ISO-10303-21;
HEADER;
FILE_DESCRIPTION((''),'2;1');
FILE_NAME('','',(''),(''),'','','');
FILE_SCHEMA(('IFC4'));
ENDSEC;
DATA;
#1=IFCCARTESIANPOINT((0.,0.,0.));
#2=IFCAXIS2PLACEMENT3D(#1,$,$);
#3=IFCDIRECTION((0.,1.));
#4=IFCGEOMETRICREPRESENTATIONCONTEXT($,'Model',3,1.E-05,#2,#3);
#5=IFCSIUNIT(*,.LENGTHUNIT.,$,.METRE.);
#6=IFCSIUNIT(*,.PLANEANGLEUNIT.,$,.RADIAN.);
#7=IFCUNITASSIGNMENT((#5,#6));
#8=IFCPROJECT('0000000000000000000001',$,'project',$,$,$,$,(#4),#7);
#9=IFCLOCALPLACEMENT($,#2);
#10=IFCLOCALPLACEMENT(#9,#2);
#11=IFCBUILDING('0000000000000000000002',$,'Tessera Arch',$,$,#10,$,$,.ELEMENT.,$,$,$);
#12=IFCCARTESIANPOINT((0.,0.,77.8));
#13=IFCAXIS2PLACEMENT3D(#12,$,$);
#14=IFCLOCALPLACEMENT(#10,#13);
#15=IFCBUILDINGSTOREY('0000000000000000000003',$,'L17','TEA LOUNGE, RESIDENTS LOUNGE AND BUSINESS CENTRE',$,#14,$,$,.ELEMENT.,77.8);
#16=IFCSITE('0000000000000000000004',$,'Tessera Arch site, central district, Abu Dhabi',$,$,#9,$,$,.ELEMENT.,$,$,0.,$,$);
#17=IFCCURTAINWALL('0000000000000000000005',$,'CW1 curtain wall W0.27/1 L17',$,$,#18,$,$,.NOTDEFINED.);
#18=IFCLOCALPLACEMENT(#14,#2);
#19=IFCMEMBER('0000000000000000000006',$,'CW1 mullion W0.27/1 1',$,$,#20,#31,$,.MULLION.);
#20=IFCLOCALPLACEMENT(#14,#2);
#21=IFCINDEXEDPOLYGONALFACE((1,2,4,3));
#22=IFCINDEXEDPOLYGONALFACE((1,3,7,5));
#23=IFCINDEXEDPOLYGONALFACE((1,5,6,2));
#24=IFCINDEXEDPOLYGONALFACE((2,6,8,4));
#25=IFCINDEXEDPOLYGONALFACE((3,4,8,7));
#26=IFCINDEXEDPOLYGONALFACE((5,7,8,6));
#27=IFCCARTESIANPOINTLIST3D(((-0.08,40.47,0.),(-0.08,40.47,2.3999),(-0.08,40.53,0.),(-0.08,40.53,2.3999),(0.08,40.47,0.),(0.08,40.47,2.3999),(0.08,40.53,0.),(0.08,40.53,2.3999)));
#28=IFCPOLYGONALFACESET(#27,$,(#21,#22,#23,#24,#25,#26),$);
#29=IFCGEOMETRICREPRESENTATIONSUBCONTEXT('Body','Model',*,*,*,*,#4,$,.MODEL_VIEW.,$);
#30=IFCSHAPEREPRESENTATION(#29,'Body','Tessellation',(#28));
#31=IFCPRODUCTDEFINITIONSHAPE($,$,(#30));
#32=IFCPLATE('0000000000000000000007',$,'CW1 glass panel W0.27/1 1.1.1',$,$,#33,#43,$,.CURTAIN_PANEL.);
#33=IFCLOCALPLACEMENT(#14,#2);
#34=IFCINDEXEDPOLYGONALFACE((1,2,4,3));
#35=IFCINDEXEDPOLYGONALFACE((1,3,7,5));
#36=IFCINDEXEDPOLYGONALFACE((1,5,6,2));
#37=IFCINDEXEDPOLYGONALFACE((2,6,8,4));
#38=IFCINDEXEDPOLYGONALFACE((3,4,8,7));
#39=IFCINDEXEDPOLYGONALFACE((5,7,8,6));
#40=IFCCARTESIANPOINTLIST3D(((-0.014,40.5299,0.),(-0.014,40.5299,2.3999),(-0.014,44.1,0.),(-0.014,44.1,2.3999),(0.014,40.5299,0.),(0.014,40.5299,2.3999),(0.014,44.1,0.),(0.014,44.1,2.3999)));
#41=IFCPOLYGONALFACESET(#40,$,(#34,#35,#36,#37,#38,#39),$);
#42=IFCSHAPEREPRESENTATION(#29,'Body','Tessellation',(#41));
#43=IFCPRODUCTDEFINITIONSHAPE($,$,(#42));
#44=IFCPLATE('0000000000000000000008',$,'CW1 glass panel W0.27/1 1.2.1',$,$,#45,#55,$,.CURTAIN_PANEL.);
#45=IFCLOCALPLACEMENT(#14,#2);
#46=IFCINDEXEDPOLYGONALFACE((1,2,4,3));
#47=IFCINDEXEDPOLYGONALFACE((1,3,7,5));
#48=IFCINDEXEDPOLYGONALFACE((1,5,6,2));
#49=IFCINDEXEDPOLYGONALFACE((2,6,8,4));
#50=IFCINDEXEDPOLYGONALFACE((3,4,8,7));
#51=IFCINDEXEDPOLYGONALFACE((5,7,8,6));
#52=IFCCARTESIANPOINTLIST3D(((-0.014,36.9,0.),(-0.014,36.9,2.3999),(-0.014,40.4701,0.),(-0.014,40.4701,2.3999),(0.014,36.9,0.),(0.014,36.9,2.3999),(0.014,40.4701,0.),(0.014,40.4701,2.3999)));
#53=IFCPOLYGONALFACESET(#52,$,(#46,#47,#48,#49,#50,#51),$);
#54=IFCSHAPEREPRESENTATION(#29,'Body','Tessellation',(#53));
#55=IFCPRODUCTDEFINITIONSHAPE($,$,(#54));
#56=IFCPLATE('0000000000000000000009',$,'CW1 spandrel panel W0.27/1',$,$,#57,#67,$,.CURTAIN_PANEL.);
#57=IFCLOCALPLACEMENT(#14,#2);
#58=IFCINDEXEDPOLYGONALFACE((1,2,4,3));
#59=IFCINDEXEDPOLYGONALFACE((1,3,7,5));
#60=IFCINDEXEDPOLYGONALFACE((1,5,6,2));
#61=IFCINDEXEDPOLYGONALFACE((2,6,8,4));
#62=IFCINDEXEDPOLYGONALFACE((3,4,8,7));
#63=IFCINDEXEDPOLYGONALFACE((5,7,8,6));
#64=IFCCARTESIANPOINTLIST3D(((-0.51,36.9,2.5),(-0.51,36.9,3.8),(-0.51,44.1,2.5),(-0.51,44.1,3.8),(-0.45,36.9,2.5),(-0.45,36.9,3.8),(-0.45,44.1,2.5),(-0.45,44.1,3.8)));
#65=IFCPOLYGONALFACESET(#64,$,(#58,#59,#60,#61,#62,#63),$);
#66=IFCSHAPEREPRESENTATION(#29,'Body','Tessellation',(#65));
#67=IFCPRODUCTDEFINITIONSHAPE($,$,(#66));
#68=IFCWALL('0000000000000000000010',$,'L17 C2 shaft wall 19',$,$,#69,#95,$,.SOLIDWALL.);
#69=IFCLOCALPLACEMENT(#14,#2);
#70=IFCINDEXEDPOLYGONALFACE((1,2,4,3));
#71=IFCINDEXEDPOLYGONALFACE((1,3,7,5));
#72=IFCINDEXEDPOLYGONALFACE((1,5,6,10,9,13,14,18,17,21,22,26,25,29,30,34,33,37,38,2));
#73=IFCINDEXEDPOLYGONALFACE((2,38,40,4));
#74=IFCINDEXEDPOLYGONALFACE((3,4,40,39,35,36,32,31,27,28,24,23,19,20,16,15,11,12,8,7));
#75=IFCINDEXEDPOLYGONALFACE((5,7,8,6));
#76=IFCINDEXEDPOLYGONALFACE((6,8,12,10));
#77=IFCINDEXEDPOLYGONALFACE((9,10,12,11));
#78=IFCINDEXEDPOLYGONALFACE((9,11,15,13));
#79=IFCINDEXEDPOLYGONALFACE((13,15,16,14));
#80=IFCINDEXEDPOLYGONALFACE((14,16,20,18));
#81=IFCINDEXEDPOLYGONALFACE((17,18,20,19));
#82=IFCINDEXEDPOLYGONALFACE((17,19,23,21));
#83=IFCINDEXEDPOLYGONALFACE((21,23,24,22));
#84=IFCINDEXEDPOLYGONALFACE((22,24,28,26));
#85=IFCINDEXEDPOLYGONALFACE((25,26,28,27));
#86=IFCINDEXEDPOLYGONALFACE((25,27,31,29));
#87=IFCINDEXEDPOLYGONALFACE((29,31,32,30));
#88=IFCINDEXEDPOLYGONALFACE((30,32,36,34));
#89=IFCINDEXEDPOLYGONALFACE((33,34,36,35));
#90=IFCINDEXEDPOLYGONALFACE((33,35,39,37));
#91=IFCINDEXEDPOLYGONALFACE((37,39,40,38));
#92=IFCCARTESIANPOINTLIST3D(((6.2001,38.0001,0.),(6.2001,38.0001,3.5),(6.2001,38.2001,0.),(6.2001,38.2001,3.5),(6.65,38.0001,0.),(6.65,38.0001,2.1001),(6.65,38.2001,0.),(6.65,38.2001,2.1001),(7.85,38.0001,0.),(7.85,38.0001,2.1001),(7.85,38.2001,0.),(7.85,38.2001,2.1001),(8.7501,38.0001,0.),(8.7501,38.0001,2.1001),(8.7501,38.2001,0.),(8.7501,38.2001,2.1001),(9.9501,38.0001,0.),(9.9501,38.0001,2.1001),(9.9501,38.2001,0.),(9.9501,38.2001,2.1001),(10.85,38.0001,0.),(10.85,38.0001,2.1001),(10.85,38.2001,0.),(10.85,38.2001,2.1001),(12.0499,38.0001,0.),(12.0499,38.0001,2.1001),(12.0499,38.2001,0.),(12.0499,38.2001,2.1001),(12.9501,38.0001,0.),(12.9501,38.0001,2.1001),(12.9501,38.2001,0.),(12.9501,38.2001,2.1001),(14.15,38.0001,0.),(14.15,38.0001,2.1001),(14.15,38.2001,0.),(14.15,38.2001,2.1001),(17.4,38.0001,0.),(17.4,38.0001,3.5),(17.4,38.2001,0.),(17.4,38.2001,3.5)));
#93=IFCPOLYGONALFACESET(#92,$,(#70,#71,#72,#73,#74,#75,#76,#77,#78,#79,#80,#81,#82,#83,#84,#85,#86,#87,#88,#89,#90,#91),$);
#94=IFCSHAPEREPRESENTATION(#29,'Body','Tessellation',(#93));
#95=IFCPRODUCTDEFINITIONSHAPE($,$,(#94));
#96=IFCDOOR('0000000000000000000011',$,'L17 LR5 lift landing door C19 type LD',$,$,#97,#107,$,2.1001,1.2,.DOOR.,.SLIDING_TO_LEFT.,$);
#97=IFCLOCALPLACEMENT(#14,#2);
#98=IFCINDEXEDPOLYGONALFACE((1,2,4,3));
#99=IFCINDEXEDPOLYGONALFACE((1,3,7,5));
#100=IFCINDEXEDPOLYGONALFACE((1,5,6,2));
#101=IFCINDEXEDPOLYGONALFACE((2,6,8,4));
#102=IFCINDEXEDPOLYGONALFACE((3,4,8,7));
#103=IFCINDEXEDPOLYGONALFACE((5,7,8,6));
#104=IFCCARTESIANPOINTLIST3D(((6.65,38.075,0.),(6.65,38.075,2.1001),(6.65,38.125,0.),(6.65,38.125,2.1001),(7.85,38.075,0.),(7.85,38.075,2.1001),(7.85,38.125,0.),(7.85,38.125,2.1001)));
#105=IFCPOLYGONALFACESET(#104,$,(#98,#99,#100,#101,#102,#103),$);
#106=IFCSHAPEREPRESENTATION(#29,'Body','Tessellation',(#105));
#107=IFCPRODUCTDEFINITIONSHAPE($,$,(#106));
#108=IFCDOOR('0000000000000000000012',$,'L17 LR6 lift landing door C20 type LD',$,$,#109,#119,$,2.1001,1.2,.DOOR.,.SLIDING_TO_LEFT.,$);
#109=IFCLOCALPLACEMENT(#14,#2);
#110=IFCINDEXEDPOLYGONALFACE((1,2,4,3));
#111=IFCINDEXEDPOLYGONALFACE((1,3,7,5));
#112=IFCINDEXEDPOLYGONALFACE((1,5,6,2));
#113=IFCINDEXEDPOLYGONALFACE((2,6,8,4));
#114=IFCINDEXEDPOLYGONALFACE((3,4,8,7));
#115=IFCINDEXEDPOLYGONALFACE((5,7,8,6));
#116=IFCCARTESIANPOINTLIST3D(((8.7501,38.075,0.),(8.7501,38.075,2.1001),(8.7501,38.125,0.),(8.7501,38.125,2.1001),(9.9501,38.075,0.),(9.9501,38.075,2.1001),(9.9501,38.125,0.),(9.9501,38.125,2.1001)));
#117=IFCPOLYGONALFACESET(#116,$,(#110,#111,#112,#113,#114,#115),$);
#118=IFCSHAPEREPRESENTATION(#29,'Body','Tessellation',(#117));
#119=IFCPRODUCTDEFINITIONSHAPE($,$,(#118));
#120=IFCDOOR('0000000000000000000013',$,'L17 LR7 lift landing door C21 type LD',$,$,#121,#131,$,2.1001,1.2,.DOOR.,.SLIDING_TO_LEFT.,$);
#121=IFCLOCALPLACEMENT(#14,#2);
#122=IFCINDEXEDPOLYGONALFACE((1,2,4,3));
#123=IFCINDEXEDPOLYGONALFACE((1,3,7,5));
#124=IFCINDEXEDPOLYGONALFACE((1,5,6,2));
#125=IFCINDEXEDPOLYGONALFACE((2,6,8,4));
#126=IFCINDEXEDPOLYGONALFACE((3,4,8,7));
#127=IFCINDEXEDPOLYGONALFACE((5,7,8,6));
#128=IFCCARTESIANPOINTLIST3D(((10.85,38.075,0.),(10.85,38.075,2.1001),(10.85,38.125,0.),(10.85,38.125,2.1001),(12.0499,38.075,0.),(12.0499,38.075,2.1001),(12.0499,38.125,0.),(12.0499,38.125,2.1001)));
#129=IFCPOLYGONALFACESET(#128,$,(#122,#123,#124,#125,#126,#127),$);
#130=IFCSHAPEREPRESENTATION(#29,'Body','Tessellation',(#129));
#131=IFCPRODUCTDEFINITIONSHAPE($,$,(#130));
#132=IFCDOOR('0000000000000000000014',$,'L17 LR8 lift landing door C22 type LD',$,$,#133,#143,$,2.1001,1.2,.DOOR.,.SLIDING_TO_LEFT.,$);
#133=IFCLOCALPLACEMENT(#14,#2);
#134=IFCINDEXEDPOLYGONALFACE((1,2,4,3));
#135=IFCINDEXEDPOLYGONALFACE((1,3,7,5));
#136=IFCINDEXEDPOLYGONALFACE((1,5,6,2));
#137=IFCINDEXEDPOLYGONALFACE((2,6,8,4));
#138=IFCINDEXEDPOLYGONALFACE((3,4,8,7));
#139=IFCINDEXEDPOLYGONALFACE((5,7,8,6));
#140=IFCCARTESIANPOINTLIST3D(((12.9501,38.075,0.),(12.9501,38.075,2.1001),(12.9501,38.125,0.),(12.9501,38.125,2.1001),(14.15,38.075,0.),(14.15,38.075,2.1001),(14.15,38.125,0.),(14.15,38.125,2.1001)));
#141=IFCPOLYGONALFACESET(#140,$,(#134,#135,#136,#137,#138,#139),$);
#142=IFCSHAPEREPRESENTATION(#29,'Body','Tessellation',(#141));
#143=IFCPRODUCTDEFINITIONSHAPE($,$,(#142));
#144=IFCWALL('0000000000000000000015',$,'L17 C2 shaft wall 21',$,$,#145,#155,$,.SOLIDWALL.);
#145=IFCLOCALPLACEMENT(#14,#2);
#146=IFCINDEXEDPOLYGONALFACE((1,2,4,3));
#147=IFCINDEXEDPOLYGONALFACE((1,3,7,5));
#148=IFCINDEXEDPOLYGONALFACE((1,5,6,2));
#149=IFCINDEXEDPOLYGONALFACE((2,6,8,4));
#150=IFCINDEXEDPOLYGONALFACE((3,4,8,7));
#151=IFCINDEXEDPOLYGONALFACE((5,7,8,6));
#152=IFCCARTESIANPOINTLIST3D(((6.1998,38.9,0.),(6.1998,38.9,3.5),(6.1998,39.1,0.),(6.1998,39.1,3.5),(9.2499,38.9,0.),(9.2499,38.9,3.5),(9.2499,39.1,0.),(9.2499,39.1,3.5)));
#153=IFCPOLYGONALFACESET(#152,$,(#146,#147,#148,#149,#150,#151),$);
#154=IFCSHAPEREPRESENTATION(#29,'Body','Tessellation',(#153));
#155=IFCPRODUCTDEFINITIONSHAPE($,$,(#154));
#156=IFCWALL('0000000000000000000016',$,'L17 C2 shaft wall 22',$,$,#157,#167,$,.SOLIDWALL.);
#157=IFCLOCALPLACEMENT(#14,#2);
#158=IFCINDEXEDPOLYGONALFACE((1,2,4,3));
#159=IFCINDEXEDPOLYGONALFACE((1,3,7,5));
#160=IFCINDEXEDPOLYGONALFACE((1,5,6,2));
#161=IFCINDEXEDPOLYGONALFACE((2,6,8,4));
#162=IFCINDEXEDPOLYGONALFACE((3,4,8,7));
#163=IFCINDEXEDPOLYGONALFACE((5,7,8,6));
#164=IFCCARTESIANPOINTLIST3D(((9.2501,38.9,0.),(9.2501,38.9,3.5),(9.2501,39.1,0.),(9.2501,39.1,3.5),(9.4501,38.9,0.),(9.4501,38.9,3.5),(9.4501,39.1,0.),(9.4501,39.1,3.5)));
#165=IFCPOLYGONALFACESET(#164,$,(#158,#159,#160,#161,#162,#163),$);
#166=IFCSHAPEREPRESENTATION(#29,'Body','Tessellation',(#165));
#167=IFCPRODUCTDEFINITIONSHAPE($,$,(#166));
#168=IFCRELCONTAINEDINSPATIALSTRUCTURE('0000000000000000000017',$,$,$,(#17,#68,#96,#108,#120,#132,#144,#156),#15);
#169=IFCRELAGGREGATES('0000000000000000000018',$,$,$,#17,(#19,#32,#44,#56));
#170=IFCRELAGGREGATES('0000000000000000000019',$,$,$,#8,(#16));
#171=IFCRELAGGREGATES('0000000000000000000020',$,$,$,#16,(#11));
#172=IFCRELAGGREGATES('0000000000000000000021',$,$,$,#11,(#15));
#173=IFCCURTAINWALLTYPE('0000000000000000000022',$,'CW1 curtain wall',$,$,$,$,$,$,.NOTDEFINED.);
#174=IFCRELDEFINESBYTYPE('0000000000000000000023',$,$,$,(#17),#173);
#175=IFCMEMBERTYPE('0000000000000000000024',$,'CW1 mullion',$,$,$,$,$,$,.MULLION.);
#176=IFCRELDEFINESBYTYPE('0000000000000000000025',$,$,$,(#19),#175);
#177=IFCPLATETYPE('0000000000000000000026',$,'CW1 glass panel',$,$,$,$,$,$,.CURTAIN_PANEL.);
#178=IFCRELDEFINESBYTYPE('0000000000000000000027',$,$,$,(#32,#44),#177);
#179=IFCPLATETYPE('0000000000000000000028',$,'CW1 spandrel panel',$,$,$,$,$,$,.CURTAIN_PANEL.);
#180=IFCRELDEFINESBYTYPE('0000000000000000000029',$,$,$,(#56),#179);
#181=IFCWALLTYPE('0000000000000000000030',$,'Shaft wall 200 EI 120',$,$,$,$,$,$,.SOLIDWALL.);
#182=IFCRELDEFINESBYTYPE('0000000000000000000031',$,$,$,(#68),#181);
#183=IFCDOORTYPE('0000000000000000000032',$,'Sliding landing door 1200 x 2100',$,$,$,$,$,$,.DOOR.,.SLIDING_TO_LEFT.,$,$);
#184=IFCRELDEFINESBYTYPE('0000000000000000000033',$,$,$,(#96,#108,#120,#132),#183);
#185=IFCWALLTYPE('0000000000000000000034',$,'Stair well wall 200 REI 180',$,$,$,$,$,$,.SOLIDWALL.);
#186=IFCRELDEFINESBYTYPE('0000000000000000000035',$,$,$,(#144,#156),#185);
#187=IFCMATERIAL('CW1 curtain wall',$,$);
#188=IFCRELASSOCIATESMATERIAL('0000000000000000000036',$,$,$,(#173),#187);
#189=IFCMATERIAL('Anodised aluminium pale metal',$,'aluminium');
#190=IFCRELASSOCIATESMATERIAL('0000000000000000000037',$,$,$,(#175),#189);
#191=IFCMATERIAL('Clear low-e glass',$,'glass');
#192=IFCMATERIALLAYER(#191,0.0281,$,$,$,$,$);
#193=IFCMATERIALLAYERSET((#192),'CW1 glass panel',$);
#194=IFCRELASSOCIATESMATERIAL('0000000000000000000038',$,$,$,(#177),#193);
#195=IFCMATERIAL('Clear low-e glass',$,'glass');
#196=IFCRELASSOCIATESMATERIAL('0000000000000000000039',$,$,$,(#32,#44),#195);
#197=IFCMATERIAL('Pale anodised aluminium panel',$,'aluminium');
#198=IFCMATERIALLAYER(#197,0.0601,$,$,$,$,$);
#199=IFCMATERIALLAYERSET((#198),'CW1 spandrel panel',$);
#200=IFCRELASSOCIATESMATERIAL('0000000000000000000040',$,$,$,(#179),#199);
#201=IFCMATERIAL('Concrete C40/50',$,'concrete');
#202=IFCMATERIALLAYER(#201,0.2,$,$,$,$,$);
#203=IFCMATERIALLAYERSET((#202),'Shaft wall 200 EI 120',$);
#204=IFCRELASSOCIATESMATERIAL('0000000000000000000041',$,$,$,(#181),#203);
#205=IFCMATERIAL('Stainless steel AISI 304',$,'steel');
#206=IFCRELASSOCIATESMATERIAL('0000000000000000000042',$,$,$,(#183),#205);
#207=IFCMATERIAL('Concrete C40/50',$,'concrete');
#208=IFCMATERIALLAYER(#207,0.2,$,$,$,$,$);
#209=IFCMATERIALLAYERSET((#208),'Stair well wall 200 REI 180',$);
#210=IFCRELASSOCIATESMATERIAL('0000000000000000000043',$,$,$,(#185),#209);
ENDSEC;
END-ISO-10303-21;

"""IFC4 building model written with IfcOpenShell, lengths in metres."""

from ifc_helpers import new_model, si_unit, direction, frame, frame_2d, origin, origin_2d, place, context, subcontext, project, spatial, rectangle, extrude, material, layer, layer_set, material_profile, profile_set, type_object, element, fill, aggregate, save


model = new_model("IFC4")

# Units and contexts
model_context = context("Model", 3, precision=1e-05, world=origin(), true_north=direction((0.0, 1.0)))
body_context = subcontext(model_context, "Body", "Model", "MODEL_VIEW")
ifc_project = project(units=[si_unit("LENGTHUNIT", "METRE"), si_unit("PLANEANGLEUNIT", "RADIAN")], contexts=[model_context])

# Site, building, storey
site_placement = place(None, origin())
site = spatial("IfcSite", under=ifc_project, at=site_placement, Name="Tessera Arch site, central district, Abu Dhabi", CompositionType="ELEMENT", RefElevation=0.0)
building_placement = place(site_placement, origin())
building = spatial("IfcBuilding", under=site, at=building_placement, Name="Tessera Arch", CompositionType="ELEMENT")
storey_placement = place(building_placement, frame((0.0, 0.0, 77.8)))
storey = spatial("IfcBuildingStorey", under=building, at=storey_placement, Name="L17", Description="TEA LOUNGE, RESIDENTS LOUNGE AND BUSINESS CENTRE", CompositionType="ELEMENT", Elevation=77.8)

# Curtain wall, member, plates
ifc_material_1 = material(Name="CW1 curtain wall")
curtain_wall_type = type_object("IfcCurtainWallType", Name="CW1 curtain wall", PredefinedType="NOTDEFINED", material=ifc_material_1)
curtain_wall_placement = place(storey_placement, origin())
curtain_wall = element("IfcCurtainWall", 1, at=curtain_wall_placement, inside=storey, type_object=curtain_wall_type, Name="CW1 curtain wall W0.27/1 L17", PredefinedType="NOTDEFINED")
ifc_material_2 = material(Name="Anodised aluminium pale metal", Category="aluminium")
ifc_material_profile = material_profile(ifc_material_2, rectangle(XDim=0.1599, YDim=0.0601, at=origin_2d()), Name="AL 60x160")
ifc_profile_set = profile_set([ifc_material_profile], Name="Anodised aluminium pale metal")
member_type = type_object("IfcMemberType", Name="CW1 mullion", PredefinedType="MULLION", material=ifc_profile_set)
member_placement = place(storey_placement, frame((0.0, 40.5, 0.0), z_axis=(0.0, 0.0, 1.0), x_axis=(1.0, 0.0, 0.0)))
member = element("IfcMember", 2, at=member_placement, type_object=member_type, Name="CW1 mullion W0.27/1 1", PredefinedType="MULLION", context=body_context, shape_type="SweptSolid", body=[
    extrude(rectangle(XDim=0.1599, YDim=0.0601, at=origin_2d()), origin(), (0.0, 0.0, 1.0), 2.3999),
])
ifc_material_3 = material(Name="Clear low-e glass", Category="glass")
ifc_material_4 = material(Name="Clear low-e glass", Category="glass")
ifc_layer_1 = layer(ifc_material_4, 0.0281)
ifc_layer_set_1 = layer_set([ifc_layer_1], Name="CW1 glass panel")
plate_type_1 = type_object("IfcPlateType", Name="CW1 glass panel", PredefinedType="CURTAIN_PANEL", material=ifc_layer_set_1)
plate_1_placement = place(storey_placement, frame((0.0, 42.3149, 0.0), z_axis=(0.0, 0.0, 1.0), x_axis=(0.0, -1.0, 0.0)))
plate_1 = element("IfcPlate", 3, at=plate_1_placement, type_object=plate_type_1, material=ifc_material_3, Name="CW1 glass panel W0.27/1 1.1.1", PredefinedType="CURTAIN_PANEL", context=body_context, shape_type="SweptSolid", body=[
    extrude(rectangle(XDim=3.5701, YDim=0.0281, at=origin_2d()), origin(), (0.0, 0.0, 1.0), 2.3999),
])
plate_2_placement = place(storey_placement, frame((0.0, 38.6851, 0.0), z_axis=(0.0, 0.0, 1.0), x_axis=(0.0, -1.0, 0.0)))
plate_2 = element("IfcPlate", 4, at=plate_2_placement, type_object=plate_type_1, material=ifc_material_3, Name="CW1 glass panel W0.27/1 1.2.1", PredefinedType="CURTAIN_PANEL", context=body_context, shape_type="SweptSolid", body=[
    extrude(rectangle(XDim=3.5701, YDim=0.0281, at=origin_2d()), origin(), (0.0, 0.0, 1.0), 2.3999),
])
ifc_material_5 = material(Name="Pale anodised aluminium panel", Category="aluminium")
ifc_layer_2 = layer(ifc_material_5, 0.0601)
ifc_layer_set_2 = layer_set([ifc_layer_2], Name="CW1 spandrel panel")
plate_type_2 = type_object("IfcPlateType", Name="CW1 spandrel panel", PredefinedType="CURTAIN_PANEL", material=ifc_layer_set_2)
plate_3_placement = place(storey_placement, frame((-0.48, 40.5, 2.5), z_axis=(0.0, 0.0, 1.0), x_axis=(0.0, -1.0, 0.0)))
plate_3 = element("IfcPlate", 5, at=plate_3_placement, type_object=plate_type_2, Name="CW1 spandrel panel W0.27/1", PredefinedType="CURTAIN_PANEL", context=body_context, shape_type="SweptSolid", body=[
    extrude(rectangle(XDim=7.2, YDim=0.0601, at=origin_2d()), origin(), (0.0, 0.0, 1.0), 1.3),
])
aggregate(curtain_wall, [member, plate_1, plate_2, plate_3])

# Wall, openings, doors
ifc_material_6 = material(Name="Concrete C40/50", Category="concrete")
ifc_layer_3 = layer(ifc_material_6, 0.2)
ifc_layer_set_3 = layer_set([ifc_layer_3], Name="Shaft wall 200 EI 120")
wall_type_1 = type_object("IfcWallType", Name="Shaft wall 200 EI 120", PredefinedType="SOLIDWALL", material=ifc_layer_set_3)
wall_1_placement = place(storey_placement, frame((6.2, 38.1001, 0.0), z_axis=(0.0, 0.0, 1.0), x_axis=(1.0, 0.0, 0.0)))
wall_1 = element("IfcWall", 6, at=wall_1_placement, inside=storey, type_object=wall_type_1, Name="L17 C2 shaft wall 19", PredefinedType="SOLIDWALL", context=body_context, shape_type="SweptSolid", body=[
    extrude(rectangle(XDim=11.2, YDim=0.2, at=frame_2d((5.6001, 0.0))), origin(), (0.0, 0.0, 1.0), 3.5),
])
opening_1_placement = place(wall_1_placement, frame((0.45, 0.0, 0.0)))
opening_1 = element("IfcOpeningElement", 7, at=opening_1_placement, cuts=wall_1, PredefinedType="OPENING", context=body_context, shape_type="SweptSolid", body=[
    extrude(rectangle(XDim=1.2, YDim=2.1001, at=frame_2d((0.6001, 1.05))), frame((0.0, 0.1099, 0.0), z_axis=(0.0, -1.0, 0.0), x_axis=(1.0, 0.0, 0.0)), (0.0, 0.0, 1.0), 0.22),
])
opening_2_placement = place(wall_1_placement, frame((2.55, 0.0, 0.0)))
opening_2 = element("IfcOpeningElement", 8, at=opening_2_placement, cuts=wall_1, PredefinedType="OPENING", context=body_context, shape_type="SweptSolid", body=[
    extrude(rectangle(XDim=1.2, YDim=2.1001, at=frame_2d((0.6001, 1.05))), frame((0.0, 0.1099, 0.0), z_axis=(0.0, -1.0, 0.0), x_axis=(1.0, 0.0, 0.0)), (0.0, 0.0, 1.0), 0.22),
])
opening_3_placement = place(wall_1_placement, frame((4.6499, 0.0, 0.0)))
opening_3 = element("IfcOpeningElement", 9, at=opening_3_placement, cuts=wall_1, PredefinedType="OPENING", context=body_context, shape_type="SweptSolid", body=[
    extrude(rectangle(XDim=1.2, YDim=2.1001, at=frame_2d((0.6001, 1.05))), frame((0.0, 0.1099, 0.0), z_axis=(0.0, -1.0, 0.0), x_axis=(1.0, 0.0, 0.0)), (0.0, 0.0, 1.0), 0.22),
])
opening_4_placement = place(wall_1_placement, frame((6.75, 0.0, 0.0)))
opening_4 = element("IfcOpeningElement", 10, at=opening_4_placement, cuts=wall_1, PredefinedType="OPENING", context=body_context, shape_type="SweptSolid", body=[
    extrude(rectangle(XDim=1.2, YDim=2.1001, at=frame_2d((0.6001, 1.05))), frame((0.0, 0.1099, 0.0), z_axis=(0.0, -1.0, 0.0), x_axis=(1.0, 0.0, 0.0)), (0.0, 0.0, 1.0), 0.22),
])
ifc_material_7 = material(Name="Stainless steel AISI 304", Category="steel")
door_type = type_object("IfcDoorType", Name="Sliding landing door 1200 x 2100", OperationType="SLIDING_TO_LEFT", PredefinedType="DOOR", material=ifc_material_7)
door_1_placement = place(opening_1_placement, origin())
door_1 = element("IfcDoor", 11, at=door_1_placement, inside=storey, type_object=door_type, Name="L17 LR5 lift landing door C19 type LD", OperationType="SLIDING_TO_LEFT", OverallHeight=2.1001, OverallWidth=1.2, PredefinedType="DOOR", context=body_context, shape_type="SweptSolid", body=[
    extrude(rectangle(XDim=1.2, YDim=2.1001, at=frame_2d((0.6001, 1.05))), frame((0.0, 0.0249, 0.0), z_axis=(0.0, -1.0, 0.0), x_axis=(1.0, 0.0, 0.0)), (0.0, 0.0, 1.0), 0.05),
])
fill(opening_1, door_1)
door_2_placement = place(opening_2_placement, origin())
door_2 = element("IfcDoor", 12, at=door_2_placement, inside=storey, type_object=door_type, Name="L17 LR6 lift landing door C20 type LD", OperationType="SLIDING_TO_LEFT", OverallHeight=2.1001, OverallWidth=1.2, PredefinedType="DOOR", context=body_context, shape_type="SweptSolid", body=[
    extrude(rectangle(XDim=1.2, YDim=2.1001, at=frame_2d((0.6001, 1.05))), frame((0.0, 0.0249, 0.0), z_axis=(0.0, -1.0, 0.0), x_axis=(1.0, 0.0, 0.0)), (0.0, 0.0, 1.0), 0.05),
])
fill(opening_2, door_2)
door_3_placement = place(opening_3_placement, origin())
door_3 = element("IfcDoor", 13, at=door_3_placement, inside=storey, type_object=door_type, Name="L17 LR7 lift landing door C21 type LD", OperationType="SLIDING_TO_LEFT", OverallHeight=2.1001, OverallWidth=1.2, PredefinedType="DOOR", context=body_context, shape_type="SweptSolid", body=[
    extrude(rectangle(XDim=1.2, YDim=2.1001, at=frame_2d((0.6001, 1.05))), frame((0.0, 0.0249, 0.0), z_axis=(0.0, -1.0, 0.0), x_axis=(1.0, 0.0, 0.0)), (0.0, 0.0, 1.0), 0.05),
])
fill(opening_3, door_3)
door_4_placement = place(opening_4_placement, origin())
door_4 = element("IfcDoor", 14, at=door_4_placement, inside=storey, type_object=door_type, Name="L17 LR8 lift landing door C22 type LD", OperationType="SLIDING_TO_LEFT", OverallHeight=2.1001, OverallWidth=1.2, PredefinedType="DOOR", context=body_context, shape_type="SweptSolid", body=[
    extrude(rectangle(XDim=1.2, YDim=2.1001, at=frame_2d((0.6001, 1.05))), frame((0.0, 0.0249, 0.0), z_axis=(0.0, -1.0, 0.0), x_axis=(1.0, 0.0, 0.0)), (0.0, 0.0, 1.0), 0.05),
])
fill(opening_4, door_4)

# Walls
ifc_material_8 = material(Name="Concrete C40/50", Category="concrete")
ifc_layer_4 = layer(ifc_material_8, 0.2)
ifc_layer_set_4 = layer_set([ifc_layer_4], Name="Stair well wall 200 REI 180")
wall_type_2 = type_object("IfcWallType", Name="Stair well wall 200 REI 180", PredefinedType="SOLIDWALL", material=ifc_layer_set_4)
wall_2_placement = place(storey_placement, frame((6.2, 39.0, 0.0), z_axis=(0.0, 0.0, 1.0), x_axis=(1.0, 0.0, 0.0)))
element("IfcWall", 15, at=wall_2_placement, inside=storey, type_object=wall_type_2, Name="L17 C2 shaft wall 21", PredefinedType="SOLIDWALL", context=body_context, shape_type="SweptSolid", body=[
    extrude(rectangle(XDim=3.05, YDim=0.2, at=frame_2d((1.5249, 0.0))), origin(), (0.0, 0.0, 1.0), 3.5),
])
wall_3_placement = place(storey_placement, frame((9.25, 39.0, 0.0), z_axis=(0.0, 0.0, 1.0), x_axis=(1.0, 0.0, 0.0)))
element("IfcWall", 16, at=wall_3_placement, inside=storey, type_object=wall_type_2, Name="L17 C2 shaft wall 22", PredefinedType="SOLIDWALL", context=body_context, shape_type="SweptSolid", body=[
    extrude(rectangle(XDim=0.2, YDim=0.2, at=frame_2d((0.1001, 0.0))), origin(), (0.0, 0.0, 1.0), 3.5),
])

save(model, "model.ifc")
